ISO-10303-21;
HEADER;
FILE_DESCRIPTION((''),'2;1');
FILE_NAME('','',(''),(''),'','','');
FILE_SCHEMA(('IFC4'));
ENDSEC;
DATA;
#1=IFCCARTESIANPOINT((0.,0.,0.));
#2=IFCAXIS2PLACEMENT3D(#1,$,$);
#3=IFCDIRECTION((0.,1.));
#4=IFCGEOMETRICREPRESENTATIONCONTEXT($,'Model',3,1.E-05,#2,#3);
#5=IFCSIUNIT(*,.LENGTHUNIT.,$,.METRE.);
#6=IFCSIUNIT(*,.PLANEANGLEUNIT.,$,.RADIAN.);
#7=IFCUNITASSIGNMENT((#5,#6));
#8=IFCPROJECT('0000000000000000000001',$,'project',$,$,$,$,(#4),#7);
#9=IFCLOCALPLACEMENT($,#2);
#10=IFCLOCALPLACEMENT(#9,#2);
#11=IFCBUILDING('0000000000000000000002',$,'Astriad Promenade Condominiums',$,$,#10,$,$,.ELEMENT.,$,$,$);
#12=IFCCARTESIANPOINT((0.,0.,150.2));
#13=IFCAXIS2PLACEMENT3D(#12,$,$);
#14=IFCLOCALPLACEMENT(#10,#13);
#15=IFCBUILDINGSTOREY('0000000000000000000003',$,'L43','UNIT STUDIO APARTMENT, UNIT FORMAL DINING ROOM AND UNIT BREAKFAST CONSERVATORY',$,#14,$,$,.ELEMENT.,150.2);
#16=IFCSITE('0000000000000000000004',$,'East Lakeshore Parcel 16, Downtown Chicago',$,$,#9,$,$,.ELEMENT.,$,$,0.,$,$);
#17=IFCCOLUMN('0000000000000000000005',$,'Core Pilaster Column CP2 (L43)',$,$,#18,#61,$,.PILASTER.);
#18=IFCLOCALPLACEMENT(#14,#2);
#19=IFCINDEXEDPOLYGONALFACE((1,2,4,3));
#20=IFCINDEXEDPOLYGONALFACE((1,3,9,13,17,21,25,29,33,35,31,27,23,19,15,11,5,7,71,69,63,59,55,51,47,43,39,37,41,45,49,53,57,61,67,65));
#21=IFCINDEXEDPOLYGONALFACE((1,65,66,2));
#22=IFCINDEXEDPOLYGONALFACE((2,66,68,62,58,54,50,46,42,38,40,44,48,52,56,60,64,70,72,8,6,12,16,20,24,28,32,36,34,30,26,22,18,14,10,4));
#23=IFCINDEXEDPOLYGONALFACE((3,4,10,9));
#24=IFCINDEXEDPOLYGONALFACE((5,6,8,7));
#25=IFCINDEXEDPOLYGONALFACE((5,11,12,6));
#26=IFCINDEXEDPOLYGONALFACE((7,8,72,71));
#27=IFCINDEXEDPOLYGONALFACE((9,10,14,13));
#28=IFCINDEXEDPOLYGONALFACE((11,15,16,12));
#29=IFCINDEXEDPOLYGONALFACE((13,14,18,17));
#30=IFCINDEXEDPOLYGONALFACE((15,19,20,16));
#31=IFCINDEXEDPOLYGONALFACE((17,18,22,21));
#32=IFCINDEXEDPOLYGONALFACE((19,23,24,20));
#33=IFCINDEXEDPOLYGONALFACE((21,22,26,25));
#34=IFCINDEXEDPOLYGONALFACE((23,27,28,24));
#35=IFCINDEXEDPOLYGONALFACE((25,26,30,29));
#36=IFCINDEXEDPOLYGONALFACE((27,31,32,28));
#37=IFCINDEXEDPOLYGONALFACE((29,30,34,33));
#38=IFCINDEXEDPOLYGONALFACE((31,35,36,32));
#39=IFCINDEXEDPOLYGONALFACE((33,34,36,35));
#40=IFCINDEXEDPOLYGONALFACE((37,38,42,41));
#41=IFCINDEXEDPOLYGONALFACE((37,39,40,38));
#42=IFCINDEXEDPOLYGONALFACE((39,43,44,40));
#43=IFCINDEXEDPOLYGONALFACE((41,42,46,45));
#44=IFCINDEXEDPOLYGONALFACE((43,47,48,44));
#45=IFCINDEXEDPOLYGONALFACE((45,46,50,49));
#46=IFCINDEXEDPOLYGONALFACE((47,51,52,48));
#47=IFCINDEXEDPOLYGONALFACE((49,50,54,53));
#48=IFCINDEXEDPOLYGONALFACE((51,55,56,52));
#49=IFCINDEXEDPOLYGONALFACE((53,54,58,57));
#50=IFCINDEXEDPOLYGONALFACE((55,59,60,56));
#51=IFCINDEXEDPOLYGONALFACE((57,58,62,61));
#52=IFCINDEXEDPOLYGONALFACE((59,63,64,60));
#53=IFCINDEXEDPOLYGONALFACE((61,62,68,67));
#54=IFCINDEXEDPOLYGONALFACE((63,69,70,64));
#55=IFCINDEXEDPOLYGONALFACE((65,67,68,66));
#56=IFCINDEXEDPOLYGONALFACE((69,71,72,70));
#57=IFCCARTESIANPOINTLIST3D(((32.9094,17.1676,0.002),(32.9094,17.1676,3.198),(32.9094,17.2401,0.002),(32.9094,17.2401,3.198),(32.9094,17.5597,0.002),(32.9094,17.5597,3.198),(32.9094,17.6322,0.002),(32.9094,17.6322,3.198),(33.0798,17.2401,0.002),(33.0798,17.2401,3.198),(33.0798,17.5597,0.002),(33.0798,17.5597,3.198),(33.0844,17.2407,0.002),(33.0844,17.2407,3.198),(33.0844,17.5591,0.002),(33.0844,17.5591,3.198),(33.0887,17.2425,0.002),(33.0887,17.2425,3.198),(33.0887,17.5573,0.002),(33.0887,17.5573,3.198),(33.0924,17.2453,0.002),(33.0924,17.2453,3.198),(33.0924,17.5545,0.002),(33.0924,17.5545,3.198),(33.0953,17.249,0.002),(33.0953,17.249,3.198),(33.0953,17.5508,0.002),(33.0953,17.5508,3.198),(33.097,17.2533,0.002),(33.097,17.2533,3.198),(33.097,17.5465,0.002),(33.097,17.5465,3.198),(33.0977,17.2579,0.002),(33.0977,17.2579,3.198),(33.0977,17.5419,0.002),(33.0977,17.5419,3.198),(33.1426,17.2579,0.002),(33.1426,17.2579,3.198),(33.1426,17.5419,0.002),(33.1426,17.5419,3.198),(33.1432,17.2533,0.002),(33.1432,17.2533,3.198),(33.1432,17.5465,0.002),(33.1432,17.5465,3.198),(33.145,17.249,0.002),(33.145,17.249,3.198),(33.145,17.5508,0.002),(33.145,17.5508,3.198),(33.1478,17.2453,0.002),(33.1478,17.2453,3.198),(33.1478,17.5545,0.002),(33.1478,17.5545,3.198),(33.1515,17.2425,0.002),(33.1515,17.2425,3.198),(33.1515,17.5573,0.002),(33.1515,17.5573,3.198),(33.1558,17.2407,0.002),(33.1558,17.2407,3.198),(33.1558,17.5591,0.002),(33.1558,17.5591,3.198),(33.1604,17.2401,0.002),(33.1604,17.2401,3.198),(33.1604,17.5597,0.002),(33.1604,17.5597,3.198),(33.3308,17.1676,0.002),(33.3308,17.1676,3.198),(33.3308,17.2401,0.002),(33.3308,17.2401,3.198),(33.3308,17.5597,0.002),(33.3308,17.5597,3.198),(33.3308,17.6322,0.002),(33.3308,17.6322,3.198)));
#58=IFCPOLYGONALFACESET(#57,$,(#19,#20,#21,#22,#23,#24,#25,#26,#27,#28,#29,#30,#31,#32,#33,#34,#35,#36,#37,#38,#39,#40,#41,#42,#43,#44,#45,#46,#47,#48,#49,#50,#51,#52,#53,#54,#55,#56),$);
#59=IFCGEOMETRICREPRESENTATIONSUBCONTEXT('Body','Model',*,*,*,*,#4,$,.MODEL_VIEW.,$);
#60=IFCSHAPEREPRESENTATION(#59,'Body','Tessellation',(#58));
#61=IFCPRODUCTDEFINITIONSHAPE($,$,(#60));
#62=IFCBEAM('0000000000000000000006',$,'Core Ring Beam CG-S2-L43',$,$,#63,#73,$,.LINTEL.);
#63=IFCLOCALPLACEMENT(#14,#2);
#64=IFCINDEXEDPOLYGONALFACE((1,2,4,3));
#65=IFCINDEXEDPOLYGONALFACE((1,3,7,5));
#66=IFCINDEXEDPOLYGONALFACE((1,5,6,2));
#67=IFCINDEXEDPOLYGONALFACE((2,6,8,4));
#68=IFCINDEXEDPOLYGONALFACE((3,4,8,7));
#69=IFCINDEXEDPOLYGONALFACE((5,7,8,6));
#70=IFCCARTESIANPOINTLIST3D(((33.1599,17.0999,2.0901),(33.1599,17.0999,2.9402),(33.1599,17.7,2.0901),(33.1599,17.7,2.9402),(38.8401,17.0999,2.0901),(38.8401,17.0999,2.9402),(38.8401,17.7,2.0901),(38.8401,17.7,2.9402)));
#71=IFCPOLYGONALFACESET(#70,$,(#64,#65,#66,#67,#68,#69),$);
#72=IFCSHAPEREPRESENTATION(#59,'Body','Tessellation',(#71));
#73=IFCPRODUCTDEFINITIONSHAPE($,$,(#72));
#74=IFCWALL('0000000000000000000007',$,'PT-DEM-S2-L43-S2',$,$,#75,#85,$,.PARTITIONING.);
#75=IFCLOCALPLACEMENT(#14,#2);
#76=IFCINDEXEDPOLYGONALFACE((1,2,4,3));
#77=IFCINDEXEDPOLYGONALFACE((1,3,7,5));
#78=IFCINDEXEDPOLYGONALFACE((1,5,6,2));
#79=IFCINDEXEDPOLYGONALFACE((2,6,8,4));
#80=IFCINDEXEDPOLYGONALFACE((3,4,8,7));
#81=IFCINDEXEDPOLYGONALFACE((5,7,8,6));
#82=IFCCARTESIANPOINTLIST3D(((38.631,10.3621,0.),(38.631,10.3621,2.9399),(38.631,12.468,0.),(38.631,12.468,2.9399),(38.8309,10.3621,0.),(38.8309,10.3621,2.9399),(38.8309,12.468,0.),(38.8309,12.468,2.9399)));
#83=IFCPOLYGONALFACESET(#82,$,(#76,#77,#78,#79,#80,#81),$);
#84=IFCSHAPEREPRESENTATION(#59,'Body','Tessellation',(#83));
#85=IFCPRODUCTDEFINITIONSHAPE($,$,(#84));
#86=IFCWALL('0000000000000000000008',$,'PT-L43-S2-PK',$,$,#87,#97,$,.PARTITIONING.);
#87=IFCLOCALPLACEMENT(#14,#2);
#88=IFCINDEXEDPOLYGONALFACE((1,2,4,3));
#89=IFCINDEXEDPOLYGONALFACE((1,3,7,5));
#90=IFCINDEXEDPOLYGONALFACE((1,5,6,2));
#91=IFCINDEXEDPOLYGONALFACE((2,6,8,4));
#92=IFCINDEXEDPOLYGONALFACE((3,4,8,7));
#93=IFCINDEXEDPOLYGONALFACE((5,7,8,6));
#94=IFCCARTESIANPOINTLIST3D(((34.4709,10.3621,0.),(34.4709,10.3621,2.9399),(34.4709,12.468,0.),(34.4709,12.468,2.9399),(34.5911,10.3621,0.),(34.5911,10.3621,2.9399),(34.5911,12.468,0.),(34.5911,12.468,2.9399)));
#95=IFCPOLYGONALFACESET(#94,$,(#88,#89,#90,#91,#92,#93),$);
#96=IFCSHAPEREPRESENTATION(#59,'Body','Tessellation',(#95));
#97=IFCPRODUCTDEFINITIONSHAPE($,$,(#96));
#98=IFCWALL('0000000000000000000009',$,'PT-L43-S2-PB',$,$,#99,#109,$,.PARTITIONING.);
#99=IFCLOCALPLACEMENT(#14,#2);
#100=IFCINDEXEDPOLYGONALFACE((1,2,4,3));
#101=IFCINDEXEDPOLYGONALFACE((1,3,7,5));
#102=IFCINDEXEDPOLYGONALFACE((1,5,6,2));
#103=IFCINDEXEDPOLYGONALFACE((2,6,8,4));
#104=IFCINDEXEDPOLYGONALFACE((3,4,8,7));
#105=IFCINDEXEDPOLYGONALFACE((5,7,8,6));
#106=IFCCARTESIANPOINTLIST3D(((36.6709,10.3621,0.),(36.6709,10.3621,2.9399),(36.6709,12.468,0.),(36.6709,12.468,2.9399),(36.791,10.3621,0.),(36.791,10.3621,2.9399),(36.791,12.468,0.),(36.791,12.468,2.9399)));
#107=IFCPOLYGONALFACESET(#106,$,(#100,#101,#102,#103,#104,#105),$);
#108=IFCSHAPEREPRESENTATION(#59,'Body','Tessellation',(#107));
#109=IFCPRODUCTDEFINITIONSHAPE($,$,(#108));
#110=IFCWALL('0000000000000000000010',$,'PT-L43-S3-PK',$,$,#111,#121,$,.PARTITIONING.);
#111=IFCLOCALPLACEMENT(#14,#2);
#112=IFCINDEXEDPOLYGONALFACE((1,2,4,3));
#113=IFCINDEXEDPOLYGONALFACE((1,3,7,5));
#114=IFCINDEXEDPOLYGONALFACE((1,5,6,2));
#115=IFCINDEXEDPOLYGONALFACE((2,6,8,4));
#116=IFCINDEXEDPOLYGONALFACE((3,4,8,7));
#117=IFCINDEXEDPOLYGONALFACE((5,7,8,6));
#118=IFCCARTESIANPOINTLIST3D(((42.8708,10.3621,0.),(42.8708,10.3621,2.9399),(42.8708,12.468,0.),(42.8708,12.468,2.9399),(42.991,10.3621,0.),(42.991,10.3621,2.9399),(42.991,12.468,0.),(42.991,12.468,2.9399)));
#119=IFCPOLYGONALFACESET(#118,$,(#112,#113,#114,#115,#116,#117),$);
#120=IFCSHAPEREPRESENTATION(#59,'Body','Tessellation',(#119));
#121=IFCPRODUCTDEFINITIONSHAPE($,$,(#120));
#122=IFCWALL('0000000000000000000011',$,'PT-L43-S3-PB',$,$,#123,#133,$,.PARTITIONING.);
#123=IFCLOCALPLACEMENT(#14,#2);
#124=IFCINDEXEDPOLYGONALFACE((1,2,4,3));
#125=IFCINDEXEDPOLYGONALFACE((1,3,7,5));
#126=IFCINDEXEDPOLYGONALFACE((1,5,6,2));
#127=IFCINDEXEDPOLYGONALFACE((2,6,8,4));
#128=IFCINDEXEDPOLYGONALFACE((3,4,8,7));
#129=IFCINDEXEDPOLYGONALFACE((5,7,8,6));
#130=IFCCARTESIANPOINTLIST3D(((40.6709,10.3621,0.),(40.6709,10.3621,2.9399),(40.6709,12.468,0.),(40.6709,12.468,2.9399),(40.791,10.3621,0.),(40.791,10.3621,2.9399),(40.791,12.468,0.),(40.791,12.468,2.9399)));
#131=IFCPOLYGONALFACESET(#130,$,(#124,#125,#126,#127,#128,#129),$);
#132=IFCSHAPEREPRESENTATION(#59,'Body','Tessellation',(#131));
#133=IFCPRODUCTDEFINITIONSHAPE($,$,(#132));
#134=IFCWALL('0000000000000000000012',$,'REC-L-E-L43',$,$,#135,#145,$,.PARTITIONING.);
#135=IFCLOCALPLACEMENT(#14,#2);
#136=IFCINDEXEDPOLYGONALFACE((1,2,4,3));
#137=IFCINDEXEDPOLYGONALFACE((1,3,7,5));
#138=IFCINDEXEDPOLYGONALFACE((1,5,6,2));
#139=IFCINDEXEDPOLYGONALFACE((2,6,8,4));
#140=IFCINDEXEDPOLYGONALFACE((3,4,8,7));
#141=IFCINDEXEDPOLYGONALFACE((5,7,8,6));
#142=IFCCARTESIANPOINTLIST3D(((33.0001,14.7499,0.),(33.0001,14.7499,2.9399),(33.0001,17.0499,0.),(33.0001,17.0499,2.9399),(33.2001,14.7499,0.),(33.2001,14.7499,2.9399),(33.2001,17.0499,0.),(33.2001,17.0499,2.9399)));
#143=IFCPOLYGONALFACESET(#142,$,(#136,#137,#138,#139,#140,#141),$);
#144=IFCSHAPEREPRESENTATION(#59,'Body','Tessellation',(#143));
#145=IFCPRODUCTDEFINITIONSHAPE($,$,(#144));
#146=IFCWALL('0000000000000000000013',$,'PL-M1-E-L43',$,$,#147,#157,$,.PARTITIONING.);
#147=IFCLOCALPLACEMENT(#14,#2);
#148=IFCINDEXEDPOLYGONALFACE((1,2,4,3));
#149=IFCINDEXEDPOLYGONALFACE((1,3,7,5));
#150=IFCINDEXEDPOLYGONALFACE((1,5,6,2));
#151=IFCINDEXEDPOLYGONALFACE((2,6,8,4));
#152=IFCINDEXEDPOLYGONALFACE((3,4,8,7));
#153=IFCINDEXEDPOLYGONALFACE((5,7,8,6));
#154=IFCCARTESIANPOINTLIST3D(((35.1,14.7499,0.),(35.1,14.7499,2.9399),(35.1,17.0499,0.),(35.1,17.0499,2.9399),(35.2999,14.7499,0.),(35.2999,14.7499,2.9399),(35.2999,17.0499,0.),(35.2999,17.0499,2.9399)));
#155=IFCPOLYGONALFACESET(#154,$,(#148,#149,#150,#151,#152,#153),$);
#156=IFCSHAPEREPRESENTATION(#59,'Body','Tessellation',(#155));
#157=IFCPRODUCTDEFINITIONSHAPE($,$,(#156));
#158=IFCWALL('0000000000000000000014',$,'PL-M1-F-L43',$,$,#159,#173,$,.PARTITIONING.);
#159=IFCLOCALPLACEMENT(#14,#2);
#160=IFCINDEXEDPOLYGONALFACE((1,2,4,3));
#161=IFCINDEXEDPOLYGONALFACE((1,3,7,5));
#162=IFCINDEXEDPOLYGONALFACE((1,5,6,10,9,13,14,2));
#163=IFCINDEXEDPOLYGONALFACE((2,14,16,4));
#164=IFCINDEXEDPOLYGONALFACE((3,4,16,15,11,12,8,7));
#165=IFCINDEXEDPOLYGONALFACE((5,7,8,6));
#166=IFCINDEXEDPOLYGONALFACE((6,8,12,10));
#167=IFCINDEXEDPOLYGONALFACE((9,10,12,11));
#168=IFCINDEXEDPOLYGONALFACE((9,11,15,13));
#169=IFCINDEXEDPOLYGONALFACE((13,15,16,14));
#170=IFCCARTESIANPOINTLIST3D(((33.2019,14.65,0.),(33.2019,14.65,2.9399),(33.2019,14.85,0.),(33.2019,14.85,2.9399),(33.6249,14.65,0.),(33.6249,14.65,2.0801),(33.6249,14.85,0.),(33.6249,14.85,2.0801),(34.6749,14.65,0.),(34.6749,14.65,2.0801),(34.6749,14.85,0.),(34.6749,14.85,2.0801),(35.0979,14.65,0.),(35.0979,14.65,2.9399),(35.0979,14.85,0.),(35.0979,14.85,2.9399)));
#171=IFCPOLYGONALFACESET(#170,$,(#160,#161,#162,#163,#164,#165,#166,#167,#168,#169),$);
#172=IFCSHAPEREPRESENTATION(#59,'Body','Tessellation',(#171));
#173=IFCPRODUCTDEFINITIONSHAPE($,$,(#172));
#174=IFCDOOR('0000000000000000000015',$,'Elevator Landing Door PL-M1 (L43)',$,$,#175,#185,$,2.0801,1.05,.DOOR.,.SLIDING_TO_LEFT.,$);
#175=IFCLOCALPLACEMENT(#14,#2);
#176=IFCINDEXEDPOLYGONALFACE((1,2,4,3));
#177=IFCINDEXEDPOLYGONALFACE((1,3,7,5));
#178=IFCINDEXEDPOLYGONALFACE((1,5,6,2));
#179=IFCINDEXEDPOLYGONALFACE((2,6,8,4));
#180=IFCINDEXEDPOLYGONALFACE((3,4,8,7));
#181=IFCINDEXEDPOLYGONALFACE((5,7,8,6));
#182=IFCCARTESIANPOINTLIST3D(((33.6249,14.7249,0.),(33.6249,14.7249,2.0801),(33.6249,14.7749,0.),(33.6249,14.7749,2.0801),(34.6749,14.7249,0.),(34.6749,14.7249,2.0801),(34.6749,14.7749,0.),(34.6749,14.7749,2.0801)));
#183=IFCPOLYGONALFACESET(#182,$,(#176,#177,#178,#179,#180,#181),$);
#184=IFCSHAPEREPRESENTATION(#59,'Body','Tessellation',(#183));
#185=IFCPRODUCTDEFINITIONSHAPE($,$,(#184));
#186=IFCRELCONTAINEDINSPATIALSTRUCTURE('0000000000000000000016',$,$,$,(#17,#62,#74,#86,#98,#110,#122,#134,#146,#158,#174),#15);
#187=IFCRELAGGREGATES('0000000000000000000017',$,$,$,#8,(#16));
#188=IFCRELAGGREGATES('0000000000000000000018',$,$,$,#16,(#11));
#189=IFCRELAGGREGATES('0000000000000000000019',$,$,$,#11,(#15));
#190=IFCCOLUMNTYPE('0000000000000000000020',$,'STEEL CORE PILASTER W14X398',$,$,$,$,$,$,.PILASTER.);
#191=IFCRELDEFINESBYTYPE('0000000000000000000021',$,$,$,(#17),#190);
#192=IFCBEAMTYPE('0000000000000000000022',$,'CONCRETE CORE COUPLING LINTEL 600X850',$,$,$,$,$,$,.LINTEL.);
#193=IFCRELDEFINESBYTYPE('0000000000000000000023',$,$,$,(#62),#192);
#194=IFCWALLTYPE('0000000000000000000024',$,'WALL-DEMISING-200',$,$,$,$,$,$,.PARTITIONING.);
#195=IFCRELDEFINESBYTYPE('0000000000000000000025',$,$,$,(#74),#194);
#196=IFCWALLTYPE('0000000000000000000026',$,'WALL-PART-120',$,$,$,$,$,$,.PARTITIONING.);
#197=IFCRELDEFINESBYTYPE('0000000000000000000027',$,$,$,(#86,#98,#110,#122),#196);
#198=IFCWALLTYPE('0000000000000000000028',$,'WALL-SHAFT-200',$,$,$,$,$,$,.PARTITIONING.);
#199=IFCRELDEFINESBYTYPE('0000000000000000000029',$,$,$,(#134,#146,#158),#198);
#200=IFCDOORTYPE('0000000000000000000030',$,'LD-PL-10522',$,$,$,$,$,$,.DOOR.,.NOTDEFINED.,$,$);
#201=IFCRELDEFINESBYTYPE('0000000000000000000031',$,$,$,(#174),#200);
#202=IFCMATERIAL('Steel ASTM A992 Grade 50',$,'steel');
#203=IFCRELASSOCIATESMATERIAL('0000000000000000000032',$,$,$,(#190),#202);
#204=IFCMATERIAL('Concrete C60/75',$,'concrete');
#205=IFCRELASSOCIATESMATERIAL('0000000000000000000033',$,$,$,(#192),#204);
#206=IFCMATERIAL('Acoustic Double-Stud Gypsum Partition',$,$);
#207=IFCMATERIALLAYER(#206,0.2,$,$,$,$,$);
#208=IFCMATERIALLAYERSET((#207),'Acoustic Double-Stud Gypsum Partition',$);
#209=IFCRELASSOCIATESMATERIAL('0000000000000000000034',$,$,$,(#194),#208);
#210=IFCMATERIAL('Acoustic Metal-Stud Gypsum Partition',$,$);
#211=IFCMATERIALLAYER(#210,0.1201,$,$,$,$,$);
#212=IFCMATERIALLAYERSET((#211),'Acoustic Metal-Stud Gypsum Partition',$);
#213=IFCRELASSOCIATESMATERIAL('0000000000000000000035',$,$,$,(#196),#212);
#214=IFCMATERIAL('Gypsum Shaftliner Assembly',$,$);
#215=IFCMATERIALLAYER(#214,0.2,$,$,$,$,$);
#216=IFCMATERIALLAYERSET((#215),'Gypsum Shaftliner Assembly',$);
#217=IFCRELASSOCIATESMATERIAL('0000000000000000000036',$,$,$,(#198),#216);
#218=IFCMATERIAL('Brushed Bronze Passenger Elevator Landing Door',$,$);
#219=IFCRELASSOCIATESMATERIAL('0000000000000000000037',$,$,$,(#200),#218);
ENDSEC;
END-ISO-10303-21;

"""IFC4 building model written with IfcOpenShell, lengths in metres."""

from ifc_helpers import new_model, si_unit, direction, frame, frame_2d, origin, origin_2d, place, context, subcontext, project, spatial, rectangle, i_section, extrude, source, transform, mapped, material, layer, layer_set, material_profile, profile_set, type_object, type_shapes, element, fill, save


model = new_model("IFC4")

# Units and contexts
model_context = context("Model", 3, precision=1e-05, world=origin(), true_north=direction((0.0, 1.0)))
body_context = subcontext(model_context, "Body", "Model", "MODEL_VIEW")
ifc_project = project(units=[si_unit("LENGTHUNIT", "METRE"), si_unit("PLANEANGLEUNIT", "RADIAN")], contexts=[model_context])

# Site, building, storey
site_placement = place(None, origin())
site = spatial("IfcSite", under=ifc_project, at=site_placement, Name="East Lakeshore Parcel 16, Downtown Chicago", CompositionType="ELEMENT", RefElevation=0.0)
building_placement = place(site_placement, origin())
building = spatial("IfcBuilding", under=site, at=building_placement, Name="Astriad Promenade Condominiums", CompositionType="ELEMENT")
storey_placement = place(building_placement, frame((0.0, 0.0, 150.2)))
storey = spatial("IfcBuildingStorey", under=building, at=storey_placement, Name="L43", Description="UNIT STUDIO APARTMENT, UNIT FORMAL DINING ROOM AND UNIT BREAKFAST CONSERVATORY", CompositionType="ELEMENT", Elevation=150.2)

# Column
ifc_material_1 = material(Name="Steel ASTM A992 Grade 50", Category="steel")
ifc_material_profile_1 = material_profile(ifc_material_1, i_section(OverallWidth=0.4214, OverallDepth=0.4646, WebThickness=0.0449, FlangeThickness=0.0725, FilletRadius=0.0178, at=origin_2d()), Name="W14X398")
ifc_profile_set_1 = profile_set([ifc_material_profile_1], Name="Steel ASTM A992 Grade 50")
column_type = type_object("IfcColumnType", Name="STEEL CORE PILASTER W14X398", PredefinedType="PILASTER", material=ifc_profile_set_1)
shared_shape_1 = source(origin(), body_context, "Body", "SweptSolid", [
    extrude(i_section(OverallWidth=0.4214, OverallDepth=0.4646, WebThickness=0.0449, FlangeThickness=0.0725, FilletRadius=0.0178, at=origin_2d()), origin(), (0.0, 0.0, 1.0), 3.196),
])
type_shapes(column_type, [shared_shape_1])
column_placement = place(storey_placement, frame((33.1201, 17.3999, 0.002), z_axis=(0.0, 0.0, 1.0), x_axis=(1.0, 0.0, 0.0)))
element("IfcColumn", 1, at=column_placement, inside=storey, type_object=column_type, Name="Core Pilaster Column CP2 (L43)", PredefinedType="PILASTER", context=body_context, shape_type="MappedRepresentation", body=[
    mapped(shared_shape_1, transform((0.0, 0.0, 0.0), scale=1.0)),
])

# Beam
ifc_material_2 = material(Name="Concrete C60/75", Category="concrete")
ifc_material_profile_2 = material_profile(ifc_material_2, rectangle(XDim=0.6001, YDim=0.8501, at=origin_2d()), Name="RC-BM-600X850")
ifc_profile_set_2 = profile_set([ifc_material_profile_2], Name="Concrete C60/75")
beam_type = type_object("IfcBeamType", Name="CONCRETE CORE COUPLING LINTEL 600X850", PredefinedType="LINTEL", material=ifc_profile_set_2)
shared_shape_2 = source(origin(), body_context, "Body", "SweptSolid", [
    extrude(rectangle(XDim=0.6001, YDim=0.8501, at=origin_2d()), origin(), (0.0, 0.0, 1.0), 5.6802),
])
type_shapes(beam_type, [shared_shape_2])
beam_placement = place(storey_placement, frame((33.1599, 17.3999, 2.5151), z_axis=(1.0, 0.0, 0.0), x_axis=(0.0, 1.0, 0.0)))
element("IfcBeam", 2, at=beam_placement, inside=storey, type_object=beam_type, Name="Core Ring Beam CG-S2-L43", PredefinedType="LINTEL", context=body_context, shape_type="MappedRepresentation", body=[
    mapped(shared_shape_2, transform((0.0, 0.0, 0.0), scale=1.0)),
])

# Walls
ifc_material_3 = material(Name="Acoustic Double-Stud Gypsum Partition")
ifc_layer_1 = layer(ifc_material_3, 0.2)
ifc_layer_set_1 = layer_set([ifc_layer_1], Name="Acoustic Double-Stud Gypsum Partition")
wall_type_1 = type_object("IfcWallType", Name="WALL-DEMISING-200", PredefinedType="PARTITIONING", material=ifc_layer_set_1)
wall_1_placement = place(storey_placement, frame((38.731, 10.3621, 0.0), z_axis=(0.0, 0.0, 1.0), x_axis=(0.0, 1.0, 0.0)))
element("IfcWall", 3, at=wall_1_placement, inside=storey, type_object=wall_type_1, Name="PT-DEM-S2-L43-S2", PredefinedType="PARTITIONING", context=body_context, shape_type="SweptSolid", body=[
    extrude(rectangle(XDim=2.106, YDim=0.2, at=frame_2d((1.053, 0.0))), origin(), (0.0, 0.0, 1.0), 2.9399),
])
ifc_material_4 = material(Name="Acoustic Metal-Stud Gypsum Partition")
ifc_layer_2 = layer(ifc_material_4, 0.1201)
ifc_layer_set_2 = layer_set([ifc_layer_2], Name="Acoustic Metal-Stud Gypsum Partition")
wall_type_2 = type_object("IfcWallType", Name="WALL-PART-120", PredefinedType="PARTITIONING", material=ifc_layer_set_2)
for number, where, z_axis, x_axis, name in (
    (4, (34.531, 10.3621, 0.0), (0.0, 0.0, 1.0), (0.0, 1.0, 0.0), "PT-L43-S2-PK"),
    (5, (36.731, 10.3621, 0.0), (0.0, 0.0, 1.0), (0.0, 1.0, 0.0), "PT-L43-S2-PB"),
    (6, (42.9309, 10.3621, 0.0), (0.0, 0.0, 1.0), (0.0, 1.0, 0.0), "PT-L43-S3-PK"),
    (7, (40.731, 10.3621, 0.0), (0.0, 0.0, 1.0), (0.0, 1.0, 0.0), "PT-L43-S3-PB"),
):
    element("IfcWall", number, at=place(storey_placement, frame(where, z_axis=z_axis, x_axis=x_axis)), inside=storey, type_object=wall_type_2, Name=name, PredefinedType="PARTITIONING", context=body_context, shape_type="SweptSolid", body=[
        extrude(rectangle(XDim=2.106, YDim=0.1201, at=frame_2d((1.053, 0.0))), origin(), (0.0, 0.0, 1.0), 2.9399),
    ])
ifc_material_5 = material(Name="Gypsum Shaftliner Assembly")
ifc_layer_3 = layer(ifc_material_5, 0.2)
ifc_layer_set_3 = layer_set([ifc_layer_3], Name="Gypsum Shaftliner Assembly")
wall_type_3 = type_object("IfcWallType", Name="WALL-SHAFT-200", PredefinedType="PARTITIONING", material=ifc_layer_set_3)
for number, where, z_axis, x_axis, name in (
    (8, (33.1001, 14.75, 0.0), (0.0, 0.0, 1.0), (0.0, 1.0, 0.0), "REC-L-E-L43"),
    (9, (35.2, 14.75, 0.0), (0.0, 0.0, 1.0), (0.0, 1.0, 0.0), "PL-M1-E-L43"),
):
    element("IfcWall", number, at=place(storey_placement, frame(where, z_axis=z_axis, x_axis=x_axis)), inside=storey, type_object=wall_type_3, Name=name, PredefinedType="PARTITIONING", context=body_context, shape_type="SweptSolid", body=[
        extrude(rectangle(XDim=2.3, YDim=0.2, at=frame_2d((1.1499, 0.0))), origin(), (0.0, 0.0, 1.0), 2.9399),
    ])

# Wall, opening, door
wall_2_placement = place(storey_placement, frame((33.2019, 14.75, 0.0), z_axis=(0.0, 0.0, 1.0), x_axis=(1.0, 0.0, 0.0)))
wall_2 = element("IfcWall", 10, at=wall_2_placement, inside=storey, type_object=wall_type_3, Name="PL-M1-F-L43", PredefinedType="PARTITIONING", context=body_context, shape_type="SweptSolid", body=[
    extrude(rectangle(XDim=1.896, YDim=0.2, at=frame_2d((0.948, 0.0))), origin(), (0.0, 0.0, 1.0), 2.9399),
])
opening_1_placement = place(wall_2_placement, frame((0.4231, 0.0, 0.0)))
opening_1 = element("IfcOpeningElement", 11, at=opening_1_placement, cuts=wall_2, PredefinedType="OPENING", context=body_context, shape_type="SweptSolid", body=[
    extrude(rectangle(XDim=1.05, YDim=2.0801, at=frame_2d((0.5249, 1.04))), frame((0.0, 0.1099, 0.0), z_axis=(0.0, -1.0, 0.0), x_axis=(1.0, 0.0, 0.0)), (0.0, 0.0, 1.0), 0.22),
])
ifc_material_6 = material(Name="Brushed Bronze Passenger Elevator Landing Door")
door_type = type_object("IfcDoorType", Name="LD-PL-10522", OperationType="NOTDEFINED", PredefinedType="DOOR", material=ifc_material_6)
shared_shape_3 = source(origin(), body_context, "Body", "SweptSolid", [
    extrude(rectangle(XDim=1.05, YDim=2.0801, at=frame_2d((0.5249, 1.04))), frame((0.0, 0.0249, 0.0), z_axis=(0.0, -1.0, 0.0), x_axis=(1.0, 0.0, 0.0)), (0.0, 0.0, 1.0), 0.05),
])
type_shapes(door_type, [shared_shape_3])
door_1_placement = place(opening_1_placement, origin())
door_1 = element("IfcDoor", 12, at=door_1_placement, inside=storey, type_object=door_type, Name="Elevator Landing Door PL-M1 (L43)", OperationType="SLIDING_TO_LEFT", OverallHeight=2.0801, OverallWidth=1.05, PredefinedType="DOOR", context=body_context, shape_type="MappedRepresentation", body=[
    mapped(shared_shape_3, transform((0.0, 0.0, 0.0), scale=1.0)),
])
fill(opening_1, door_1)

save(model, "model.ifc")
